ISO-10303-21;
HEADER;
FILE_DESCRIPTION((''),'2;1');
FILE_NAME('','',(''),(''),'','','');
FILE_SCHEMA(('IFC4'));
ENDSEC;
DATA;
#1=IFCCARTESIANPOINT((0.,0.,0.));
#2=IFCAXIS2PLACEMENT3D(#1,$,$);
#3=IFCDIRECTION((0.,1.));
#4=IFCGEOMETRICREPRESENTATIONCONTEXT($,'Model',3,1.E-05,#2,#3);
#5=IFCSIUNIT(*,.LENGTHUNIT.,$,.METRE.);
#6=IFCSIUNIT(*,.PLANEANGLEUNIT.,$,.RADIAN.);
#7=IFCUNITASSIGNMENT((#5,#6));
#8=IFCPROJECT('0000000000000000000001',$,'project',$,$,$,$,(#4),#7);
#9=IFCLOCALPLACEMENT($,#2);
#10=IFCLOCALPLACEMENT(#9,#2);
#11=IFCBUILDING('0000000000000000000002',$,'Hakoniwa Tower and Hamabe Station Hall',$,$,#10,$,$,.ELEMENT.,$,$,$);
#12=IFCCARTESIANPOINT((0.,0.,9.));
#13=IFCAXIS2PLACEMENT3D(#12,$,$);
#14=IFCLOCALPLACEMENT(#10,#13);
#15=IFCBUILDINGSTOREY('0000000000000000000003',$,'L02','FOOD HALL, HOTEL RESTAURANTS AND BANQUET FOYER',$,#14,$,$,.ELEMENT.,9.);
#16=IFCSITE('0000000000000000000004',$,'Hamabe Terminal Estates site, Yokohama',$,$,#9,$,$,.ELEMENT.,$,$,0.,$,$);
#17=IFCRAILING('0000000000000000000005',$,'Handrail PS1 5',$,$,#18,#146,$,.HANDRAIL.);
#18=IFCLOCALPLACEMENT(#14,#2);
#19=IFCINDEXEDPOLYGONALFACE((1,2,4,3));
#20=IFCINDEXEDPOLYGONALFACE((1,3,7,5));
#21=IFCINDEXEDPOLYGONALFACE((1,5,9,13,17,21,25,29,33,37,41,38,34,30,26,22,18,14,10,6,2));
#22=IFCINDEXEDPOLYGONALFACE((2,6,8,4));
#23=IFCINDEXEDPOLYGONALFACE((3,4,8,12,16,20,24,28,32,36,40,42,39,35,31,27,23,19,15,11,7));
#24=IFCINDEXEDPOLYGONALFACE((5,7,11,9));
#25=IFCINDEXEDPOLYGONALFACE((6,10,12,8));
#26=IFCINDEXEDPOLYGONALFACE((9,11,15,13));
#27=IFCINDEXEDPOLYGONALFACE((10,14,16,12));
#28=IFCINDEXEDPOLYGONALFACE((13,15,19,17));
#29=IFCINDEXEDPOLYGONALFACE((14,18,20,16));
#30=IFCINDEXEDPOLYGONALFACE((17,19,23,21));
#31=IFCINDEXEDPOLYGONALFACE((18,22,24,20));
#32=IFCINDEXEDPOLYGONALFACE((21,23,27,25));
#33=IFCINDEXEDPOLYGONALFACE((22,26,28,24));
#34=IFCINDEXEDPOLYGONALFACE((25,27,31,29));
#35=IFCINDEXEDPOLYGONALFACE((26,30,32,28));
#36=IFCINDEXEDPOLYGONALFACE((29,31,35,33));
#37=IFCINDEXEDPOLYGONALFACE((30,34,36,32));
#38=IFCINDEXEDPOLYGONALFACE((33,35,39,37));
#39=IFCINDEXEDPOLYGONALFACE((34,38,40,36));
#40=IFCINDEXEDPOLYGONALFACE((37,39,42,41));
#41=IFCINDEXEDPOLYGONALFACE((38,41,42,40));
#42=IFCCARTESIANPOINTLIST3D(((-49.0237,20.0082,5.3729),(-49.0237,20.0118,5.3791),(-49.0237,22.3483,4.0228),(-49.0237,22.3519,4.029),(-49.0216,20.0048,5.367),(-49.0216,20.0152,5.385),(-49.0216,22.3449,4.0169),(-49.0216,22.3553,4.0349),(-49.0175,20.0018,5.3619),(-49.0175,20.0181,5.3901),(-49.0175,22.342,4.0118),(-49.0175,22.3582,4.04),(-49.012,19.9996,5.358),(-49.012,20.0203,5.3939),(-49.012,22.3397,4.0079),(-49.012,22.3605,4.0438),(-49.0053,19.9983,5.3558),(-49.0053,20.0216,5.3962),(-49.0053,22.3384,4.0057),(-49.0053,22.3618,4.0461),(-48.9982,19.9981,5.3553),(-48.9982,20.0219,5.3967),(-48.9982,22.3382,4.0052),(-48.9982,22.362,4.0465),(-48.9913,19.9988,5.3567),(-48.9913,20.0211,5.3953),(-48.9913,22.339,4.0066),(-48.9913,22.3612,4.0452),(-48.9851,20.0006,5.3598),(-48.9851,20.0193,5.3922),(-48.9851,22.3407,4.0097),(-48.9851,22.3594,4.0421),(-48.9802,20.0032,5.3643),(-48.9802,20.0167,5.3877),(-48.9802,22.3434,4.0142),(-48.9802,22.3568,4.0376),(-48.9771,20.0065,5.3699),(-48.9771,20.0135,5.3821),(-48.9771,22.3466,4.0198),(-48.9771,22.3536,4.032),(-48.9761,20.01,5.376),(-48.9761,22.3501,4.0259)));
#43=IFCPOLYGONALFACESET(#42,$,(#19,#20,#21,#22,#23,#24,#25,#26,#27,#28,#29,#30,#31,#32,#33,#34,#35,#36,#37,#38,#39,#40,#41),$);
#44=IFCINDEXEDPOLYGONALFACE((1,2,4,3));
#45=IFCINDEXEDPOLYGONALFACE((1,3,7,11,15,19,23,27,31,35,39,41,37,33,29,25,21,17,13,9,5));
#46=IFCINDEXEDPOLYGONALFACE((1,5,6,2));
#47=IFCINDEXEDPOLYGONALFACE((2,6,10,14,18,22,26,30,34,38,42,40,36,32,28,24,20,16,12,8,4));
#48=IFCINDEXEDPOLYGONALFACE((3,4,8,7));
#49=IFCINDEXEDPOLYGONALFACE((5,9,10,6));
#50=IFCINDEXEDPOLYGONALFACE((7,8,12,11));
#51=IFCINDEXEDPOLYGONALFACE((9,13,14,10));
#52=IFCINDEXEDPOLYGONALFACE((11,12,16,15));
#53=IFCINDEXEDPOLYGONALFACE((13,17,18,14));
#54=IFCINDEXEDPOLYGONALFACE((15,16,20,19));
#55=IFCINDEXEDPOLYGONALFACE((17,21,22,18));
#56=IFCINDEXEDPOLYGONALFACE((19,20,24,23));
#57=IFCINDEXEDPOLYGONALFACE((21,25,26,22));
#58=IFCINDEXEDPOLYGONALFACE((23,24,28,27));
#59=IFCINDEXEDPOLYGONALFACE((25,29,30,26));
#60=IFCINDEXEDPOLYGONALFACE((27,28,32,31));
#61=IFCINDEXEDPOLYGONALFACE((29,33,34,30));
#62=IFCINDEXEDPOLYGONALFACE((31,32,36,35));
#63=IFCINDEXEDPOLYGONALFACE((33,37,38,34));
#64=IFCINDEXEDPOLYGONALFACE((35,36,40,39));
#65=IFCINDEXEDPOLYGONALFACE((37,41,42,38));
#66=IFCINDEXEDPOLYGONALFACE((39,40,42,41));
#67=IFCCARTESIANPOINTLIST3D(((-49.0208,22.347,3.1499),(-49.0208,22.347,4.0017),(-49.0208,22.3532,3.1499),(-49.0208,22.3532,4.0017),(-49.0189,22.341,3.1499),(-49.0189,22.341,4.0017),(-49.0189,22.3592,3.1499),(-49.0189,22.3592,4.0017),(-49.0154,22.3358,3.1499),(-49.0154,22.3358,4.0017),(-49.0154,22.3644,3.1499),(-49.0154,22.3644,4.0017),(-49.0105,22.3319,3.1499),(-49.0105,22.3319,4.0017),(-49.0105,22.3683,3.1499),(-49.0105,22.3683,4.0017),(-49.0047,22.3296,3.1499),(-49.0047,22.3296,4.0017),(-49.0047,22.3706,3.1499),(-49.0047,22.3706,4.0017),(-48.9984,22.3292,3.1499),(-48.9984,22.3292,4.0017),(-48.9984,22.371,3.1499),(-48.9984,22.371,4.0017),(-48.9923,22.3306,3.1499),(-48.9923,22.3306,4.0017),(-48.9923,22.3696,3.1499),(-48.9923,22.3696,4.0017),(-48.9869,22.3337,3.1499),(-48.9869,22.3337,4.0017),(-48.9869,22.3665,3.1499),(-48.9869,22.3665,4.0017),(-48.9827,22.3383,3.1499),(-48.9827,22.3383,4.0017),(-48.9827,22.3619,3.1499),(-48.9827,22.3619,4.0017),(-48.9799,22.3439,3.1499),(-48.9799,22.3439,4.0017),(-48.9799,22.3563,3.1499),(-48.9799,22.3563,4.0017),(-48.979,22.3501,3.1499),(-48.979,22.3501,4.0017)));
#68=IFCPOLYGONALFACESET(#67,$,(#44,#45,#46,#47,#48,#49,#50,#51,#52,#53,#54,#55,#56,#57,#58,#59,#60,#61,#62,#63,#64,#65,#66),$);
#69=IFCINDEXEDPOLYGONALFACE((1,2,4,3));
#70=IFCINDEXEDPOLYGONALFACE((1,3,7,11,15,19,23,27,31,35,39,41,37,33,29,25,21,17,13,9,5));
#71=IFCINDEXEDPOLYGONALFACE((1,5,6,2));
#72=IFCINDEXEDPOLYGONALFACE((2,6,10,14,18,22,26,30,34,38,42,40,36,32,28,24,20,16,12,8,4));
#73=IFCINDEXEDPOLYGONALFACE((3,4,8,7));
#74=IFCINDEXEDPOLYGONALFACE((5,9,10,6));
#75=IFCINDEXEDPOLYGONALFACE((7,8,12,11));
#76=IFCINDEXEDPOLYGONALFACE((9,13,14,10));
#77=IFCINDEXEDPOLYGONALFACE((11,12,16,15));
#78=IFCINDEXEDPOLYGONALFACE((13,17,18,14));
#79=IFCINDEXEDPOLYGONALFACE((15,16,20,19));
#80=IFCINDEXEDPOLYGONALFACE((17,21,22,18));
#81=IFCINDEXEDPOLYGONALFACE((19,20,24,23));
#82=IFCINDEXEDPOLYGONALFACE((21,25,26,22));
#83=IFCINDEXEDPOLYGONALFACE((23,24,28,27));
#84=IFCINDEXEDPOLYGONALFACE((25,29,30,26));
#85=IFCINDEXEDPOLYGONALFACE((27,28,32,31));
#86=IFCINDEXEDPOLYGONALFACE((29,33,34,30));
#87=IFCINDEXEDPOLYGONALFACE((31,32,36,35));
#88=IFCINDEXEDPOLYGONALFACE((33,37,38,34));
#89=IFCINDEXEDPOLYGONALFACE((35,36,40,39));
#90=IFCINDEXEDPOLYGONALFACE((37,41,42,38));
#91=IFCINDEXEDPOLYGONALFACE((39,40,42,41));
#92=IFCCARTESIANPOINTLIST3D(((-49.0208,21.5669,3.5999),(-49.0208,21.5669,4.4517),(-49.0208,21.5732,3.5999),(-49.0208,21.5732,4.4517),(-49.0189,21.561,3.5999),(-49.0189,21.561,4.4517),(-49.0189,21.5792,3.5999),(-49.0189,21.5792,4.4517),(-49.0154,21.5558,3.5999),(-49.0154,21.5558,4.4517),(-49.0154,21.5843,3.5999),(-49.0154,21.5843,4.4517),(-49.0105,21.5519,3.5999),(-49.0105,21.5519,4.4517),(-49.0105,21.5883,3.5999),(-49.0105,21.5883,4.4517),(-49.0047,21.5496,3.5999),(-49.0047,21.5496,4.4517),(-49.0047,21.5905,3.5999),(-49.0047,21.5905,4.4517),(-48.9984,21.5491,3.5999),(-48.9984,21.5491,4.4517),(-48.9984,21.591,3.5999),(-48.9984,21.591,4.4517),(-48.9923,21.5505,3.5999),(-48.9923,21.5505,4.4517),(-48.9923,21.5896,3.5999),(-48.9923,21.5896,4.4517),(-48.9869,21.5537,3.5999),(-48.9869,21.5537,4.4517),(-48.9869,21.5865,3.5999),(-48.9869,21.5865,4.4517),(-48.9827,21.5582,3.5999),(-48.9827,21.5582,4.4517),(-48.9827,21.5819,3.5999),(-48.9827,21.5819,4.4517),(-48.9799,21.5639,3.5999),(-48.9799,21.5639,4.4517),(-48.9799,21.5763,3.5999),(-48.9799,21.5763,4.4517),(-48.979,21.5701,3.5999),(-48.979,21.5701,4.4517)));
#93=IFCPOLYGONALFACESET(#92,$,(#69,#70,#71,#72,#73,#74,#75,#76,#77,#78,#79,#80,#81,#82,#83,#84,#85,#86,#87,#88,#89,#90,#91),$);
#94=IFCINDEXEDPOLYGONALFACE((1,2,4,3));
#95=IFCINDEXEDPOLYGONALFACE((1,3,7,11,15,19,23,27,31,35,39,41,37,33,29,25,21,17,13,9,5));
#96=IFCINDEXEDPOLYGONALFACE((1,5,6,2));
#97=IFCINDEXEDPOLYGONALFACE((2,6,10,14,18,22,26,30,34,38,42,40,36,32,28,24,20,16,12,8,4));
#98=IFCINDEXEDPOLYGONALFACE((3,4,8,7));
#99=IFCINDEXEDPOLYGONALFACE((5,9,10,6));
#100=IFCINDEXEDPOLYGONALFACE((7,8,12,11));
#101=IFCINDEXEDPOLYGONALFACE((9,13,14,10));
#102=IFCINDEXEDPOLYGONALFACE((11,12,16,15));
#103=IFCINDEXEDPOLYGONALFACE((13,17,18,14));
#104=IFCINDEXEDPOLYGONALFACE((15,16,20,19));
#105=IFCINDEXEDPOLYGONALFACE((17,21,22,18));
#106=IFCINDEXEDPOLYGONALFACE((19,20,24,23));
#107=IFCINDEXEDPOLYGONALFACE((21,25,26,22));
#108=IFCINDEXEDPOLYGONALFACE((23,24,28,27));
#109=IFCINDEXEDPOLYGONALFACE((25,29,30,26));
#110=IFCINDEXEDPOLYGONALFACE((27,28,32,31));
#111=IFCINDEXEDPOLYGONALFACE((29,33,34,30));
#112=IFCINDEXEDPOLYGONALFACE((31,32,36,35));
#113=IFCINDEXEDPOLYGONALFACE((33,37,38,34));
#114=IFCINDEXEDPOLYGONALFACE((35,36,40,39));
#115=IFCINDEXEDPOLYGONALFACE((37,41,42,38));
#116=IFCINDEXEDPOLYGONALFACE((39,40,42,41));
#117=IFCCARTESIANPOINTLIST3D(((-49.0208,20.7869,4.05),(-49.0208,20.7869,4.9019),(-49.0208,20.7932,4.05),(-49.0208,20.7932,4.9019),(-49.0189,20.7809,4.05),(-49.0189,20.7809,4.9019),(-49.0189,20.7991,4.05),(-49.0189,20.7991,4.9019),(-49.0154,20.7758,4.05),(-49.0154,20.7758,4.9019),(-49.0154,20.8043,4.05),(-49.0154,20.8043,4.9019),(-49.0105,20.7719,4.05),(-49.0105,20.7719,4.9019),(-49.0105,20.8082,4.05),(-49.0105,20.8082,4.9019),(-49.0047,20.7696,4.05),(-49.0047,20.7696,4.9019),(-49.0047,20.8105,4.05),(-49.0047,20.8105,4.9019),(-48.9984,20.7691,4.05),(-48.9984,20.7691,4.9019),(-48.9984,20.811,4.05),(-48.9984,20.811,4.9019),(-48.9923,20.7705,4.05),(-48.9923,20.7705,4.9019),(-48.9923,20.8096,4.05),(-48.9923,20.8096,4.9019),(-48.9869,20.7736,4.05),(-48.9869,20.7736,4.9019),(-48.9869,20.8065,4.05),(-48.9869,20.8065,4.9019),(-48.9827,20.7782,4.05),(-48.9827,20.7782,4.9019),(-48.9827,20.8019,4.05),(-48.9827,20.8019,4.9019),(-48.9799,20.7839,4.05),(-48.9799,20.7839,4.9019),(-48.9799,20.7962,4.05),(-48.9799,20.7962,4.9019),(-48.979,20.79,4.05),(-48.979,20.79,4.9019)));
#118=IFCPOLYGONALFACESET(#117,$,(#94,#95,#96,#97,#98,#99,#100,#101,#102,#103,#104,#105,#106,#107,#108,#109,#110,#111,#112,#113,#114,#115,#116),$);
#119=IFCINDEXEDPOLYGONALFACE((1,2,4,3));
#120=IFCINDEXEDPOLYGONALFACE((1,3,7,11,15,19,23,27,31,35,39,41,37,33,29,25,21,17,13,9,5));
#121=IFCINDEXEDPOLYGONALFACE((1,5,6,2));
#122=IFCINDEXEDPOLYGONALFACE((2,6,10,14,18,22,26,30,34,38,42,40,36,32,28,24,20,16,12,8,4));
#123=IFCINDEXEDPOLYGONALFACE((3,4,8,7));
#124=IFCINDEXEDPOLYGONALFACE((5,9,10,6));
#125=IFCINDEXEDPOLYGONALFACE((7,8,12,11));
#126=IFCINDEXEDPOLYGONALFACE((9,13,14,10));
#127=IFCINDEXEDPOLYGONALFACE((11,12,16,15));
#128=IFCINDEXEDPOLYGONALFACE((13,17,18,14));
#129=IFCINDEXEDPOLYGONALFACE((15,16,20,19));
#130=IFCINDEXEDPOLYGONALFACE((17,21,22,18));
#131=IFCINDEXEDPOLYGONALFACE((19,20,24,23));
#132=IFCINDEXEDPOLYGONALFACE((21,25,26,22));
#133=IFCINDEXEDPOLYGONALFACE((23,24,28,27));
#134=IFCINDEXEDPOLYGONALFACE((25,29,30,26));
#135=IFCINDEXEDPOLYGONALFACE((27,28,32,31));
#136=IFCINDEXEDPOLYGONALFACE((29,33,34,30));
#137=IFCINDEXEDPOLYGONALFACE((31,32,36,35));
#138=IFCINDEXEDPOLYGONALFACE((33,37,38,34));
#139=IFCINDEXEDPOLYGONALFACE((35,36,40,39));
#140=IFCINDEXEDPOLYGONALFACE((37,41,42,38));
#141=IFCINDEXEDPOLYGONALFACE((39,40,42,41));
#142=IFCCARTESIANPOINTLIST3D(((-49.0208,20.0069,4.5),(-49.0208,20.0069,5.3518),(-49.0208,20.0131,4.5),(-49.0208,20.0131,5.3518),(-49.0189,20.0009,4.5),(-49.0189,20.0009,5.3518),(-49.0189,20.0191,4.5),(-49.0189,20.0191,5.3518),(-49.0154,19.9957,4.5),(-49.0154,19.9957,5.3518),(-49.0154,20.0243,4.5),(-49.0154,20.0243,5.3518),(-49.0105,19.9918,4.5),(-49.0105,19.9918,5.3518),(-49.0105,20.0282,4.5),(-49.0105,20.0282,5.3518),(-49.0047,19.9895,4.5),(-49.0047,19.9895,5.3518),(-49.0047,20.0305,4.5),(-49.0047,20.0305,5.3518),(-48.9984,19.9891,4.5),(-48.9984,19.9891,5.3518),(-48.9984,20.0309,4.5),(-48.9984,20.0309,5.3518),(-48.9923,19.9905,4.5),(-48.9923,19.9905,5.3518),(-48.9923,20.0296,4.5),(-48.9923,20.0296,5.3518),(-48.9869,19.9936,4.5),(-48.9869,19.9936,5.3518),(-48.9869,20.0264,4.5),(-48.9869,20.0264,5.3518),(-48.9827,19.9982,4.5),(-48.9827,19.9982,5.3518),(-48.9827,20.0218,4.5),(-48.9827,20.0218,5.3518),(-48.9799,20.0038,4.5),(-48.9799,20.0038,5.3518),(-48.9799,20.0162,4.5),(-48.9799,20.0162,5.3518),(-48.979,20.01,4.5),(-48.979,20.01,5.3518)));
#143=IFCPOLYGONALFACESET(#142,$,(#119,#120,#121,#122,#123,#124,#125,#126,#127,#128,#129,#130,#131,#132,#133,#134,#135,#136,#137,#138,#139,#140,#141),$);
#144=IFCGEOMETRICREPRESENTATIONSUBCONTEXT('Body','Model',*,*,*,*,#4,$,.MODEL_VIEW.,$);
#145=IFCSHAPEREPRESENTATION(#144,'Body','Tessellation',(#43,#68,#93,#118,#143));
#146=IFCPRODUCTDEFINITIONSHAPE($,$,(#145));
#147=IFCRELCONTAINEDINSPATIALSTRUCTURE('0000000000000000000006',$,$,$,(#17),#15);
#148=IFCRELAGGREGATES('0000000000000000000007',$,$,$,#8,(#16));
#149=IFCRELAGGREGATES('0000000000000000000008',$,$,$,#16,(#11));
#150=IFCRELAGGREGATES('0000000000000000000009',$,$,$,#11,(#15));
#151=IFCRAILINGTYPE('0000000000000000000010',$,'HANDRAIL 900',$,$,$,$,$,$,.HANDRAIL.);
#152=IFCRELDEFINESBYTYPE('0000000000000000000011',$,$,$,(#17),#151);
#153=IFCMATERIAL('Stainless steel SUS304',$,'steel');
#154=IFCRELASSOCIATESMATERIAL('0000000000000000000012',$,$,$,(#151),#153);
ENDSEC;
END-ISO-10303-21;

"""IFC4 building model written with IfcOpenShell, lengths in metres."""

from ifc_helpers import new_model, si_unit, direction, frame, origin, origin_2d, place, context, subcontext, project, spatial, circle, extrude, material, type_object, element, save


model = new_model("IFC4")

# Units and contexts
model_context = context("Model", 3, precision=1e-05, world=origin(), true_north=direction((0.0, 1.0)))
body_context = subcontext(model_context, "Body", "Model", "MODEL_VIEW")
ifc_project = project(units=[si_unit("LENGTHUNIT", "METRE"), si_unit("PLANEANGLEUNIT", "RADIAN")], contexts=[model_context])

# Site, building, storey
site_placement = place(None, origin())
site = spatial("IfcSite", under=ifc_project, at=site_placement, Name="Hamabe Terminal Estates site, Yokohama", CompositionType="ELEMENT", RefElevation=0.0)
building_placement = place(site_placement, origin())
building = spatial("IfcBuilding", under=site, at=building_placement, Name="Hakoniwa Tower and Hamabe Station Hall", CompositionType="ELEMENT")
storey_placement = place(building_placement, frame((0.0, 0.0, 9.0)))
storey = spatial("IfcBuildingStorey", under=building, at=storey_placement, Name="L02", Description="FOOD HALL, HOTEL RESTAURANTS AND BANQUET FOYER", CompositionType="ELEMENT", Elevation=9.0)

# Railing
ifc_material_1 = material(Name="Stainless steel SUS304", Category="steel")
railing_type_1 = type_object("IfcRailingType", Name="HANDRAIL 900", PredefinedType="HANDRAIL", material=ifc_material_1)
for number, where, name in (
    (1, (-49.0, 22.3501, 3.1499), "Handrail PS1 5"),
):
    element("IfcRailing", number, at=place(storey_placement, frame(where)), inside=storey, type_object=railing_type_1, Name=name, PredefinedType="HANDRAIL", context=body_context, shape_type="SweptSolid", body=[
        extrude(circle(Radius=0.0239, at=origin_2d()), frame((0.0, 0.0, 0.876), z_axis=(0.0, -0.866178, 0.499735), x_axis=(1.0, 0.0, 0.0)), (0.0, 0.0, 1.0), 2.7017),
        extrude(circle(Radius=0.021, at=origin_2d()), origin(), (0.0, 0.0, 1.0), 0.8518),
        extrude(circle(Radius=0.021, at=origin_2d()), frame((0.0, -0.78, 0.45)), (0.0, 0.0, 1.0), 0.8518),
        extrude(circle(Radius=0.021, at=origin_2d()), frame((0.0, -1.5601, 0.9001)), (0.0, 0.0, 1.0), 0.8518),
        extrude(circle(Radius=0.021, at=origin_2d()), frame((0.0, -2.3401, 1.3501)), (0.0, 0.0, 1.0), 0.8518),
    ])

save(model, "model.ifc")
